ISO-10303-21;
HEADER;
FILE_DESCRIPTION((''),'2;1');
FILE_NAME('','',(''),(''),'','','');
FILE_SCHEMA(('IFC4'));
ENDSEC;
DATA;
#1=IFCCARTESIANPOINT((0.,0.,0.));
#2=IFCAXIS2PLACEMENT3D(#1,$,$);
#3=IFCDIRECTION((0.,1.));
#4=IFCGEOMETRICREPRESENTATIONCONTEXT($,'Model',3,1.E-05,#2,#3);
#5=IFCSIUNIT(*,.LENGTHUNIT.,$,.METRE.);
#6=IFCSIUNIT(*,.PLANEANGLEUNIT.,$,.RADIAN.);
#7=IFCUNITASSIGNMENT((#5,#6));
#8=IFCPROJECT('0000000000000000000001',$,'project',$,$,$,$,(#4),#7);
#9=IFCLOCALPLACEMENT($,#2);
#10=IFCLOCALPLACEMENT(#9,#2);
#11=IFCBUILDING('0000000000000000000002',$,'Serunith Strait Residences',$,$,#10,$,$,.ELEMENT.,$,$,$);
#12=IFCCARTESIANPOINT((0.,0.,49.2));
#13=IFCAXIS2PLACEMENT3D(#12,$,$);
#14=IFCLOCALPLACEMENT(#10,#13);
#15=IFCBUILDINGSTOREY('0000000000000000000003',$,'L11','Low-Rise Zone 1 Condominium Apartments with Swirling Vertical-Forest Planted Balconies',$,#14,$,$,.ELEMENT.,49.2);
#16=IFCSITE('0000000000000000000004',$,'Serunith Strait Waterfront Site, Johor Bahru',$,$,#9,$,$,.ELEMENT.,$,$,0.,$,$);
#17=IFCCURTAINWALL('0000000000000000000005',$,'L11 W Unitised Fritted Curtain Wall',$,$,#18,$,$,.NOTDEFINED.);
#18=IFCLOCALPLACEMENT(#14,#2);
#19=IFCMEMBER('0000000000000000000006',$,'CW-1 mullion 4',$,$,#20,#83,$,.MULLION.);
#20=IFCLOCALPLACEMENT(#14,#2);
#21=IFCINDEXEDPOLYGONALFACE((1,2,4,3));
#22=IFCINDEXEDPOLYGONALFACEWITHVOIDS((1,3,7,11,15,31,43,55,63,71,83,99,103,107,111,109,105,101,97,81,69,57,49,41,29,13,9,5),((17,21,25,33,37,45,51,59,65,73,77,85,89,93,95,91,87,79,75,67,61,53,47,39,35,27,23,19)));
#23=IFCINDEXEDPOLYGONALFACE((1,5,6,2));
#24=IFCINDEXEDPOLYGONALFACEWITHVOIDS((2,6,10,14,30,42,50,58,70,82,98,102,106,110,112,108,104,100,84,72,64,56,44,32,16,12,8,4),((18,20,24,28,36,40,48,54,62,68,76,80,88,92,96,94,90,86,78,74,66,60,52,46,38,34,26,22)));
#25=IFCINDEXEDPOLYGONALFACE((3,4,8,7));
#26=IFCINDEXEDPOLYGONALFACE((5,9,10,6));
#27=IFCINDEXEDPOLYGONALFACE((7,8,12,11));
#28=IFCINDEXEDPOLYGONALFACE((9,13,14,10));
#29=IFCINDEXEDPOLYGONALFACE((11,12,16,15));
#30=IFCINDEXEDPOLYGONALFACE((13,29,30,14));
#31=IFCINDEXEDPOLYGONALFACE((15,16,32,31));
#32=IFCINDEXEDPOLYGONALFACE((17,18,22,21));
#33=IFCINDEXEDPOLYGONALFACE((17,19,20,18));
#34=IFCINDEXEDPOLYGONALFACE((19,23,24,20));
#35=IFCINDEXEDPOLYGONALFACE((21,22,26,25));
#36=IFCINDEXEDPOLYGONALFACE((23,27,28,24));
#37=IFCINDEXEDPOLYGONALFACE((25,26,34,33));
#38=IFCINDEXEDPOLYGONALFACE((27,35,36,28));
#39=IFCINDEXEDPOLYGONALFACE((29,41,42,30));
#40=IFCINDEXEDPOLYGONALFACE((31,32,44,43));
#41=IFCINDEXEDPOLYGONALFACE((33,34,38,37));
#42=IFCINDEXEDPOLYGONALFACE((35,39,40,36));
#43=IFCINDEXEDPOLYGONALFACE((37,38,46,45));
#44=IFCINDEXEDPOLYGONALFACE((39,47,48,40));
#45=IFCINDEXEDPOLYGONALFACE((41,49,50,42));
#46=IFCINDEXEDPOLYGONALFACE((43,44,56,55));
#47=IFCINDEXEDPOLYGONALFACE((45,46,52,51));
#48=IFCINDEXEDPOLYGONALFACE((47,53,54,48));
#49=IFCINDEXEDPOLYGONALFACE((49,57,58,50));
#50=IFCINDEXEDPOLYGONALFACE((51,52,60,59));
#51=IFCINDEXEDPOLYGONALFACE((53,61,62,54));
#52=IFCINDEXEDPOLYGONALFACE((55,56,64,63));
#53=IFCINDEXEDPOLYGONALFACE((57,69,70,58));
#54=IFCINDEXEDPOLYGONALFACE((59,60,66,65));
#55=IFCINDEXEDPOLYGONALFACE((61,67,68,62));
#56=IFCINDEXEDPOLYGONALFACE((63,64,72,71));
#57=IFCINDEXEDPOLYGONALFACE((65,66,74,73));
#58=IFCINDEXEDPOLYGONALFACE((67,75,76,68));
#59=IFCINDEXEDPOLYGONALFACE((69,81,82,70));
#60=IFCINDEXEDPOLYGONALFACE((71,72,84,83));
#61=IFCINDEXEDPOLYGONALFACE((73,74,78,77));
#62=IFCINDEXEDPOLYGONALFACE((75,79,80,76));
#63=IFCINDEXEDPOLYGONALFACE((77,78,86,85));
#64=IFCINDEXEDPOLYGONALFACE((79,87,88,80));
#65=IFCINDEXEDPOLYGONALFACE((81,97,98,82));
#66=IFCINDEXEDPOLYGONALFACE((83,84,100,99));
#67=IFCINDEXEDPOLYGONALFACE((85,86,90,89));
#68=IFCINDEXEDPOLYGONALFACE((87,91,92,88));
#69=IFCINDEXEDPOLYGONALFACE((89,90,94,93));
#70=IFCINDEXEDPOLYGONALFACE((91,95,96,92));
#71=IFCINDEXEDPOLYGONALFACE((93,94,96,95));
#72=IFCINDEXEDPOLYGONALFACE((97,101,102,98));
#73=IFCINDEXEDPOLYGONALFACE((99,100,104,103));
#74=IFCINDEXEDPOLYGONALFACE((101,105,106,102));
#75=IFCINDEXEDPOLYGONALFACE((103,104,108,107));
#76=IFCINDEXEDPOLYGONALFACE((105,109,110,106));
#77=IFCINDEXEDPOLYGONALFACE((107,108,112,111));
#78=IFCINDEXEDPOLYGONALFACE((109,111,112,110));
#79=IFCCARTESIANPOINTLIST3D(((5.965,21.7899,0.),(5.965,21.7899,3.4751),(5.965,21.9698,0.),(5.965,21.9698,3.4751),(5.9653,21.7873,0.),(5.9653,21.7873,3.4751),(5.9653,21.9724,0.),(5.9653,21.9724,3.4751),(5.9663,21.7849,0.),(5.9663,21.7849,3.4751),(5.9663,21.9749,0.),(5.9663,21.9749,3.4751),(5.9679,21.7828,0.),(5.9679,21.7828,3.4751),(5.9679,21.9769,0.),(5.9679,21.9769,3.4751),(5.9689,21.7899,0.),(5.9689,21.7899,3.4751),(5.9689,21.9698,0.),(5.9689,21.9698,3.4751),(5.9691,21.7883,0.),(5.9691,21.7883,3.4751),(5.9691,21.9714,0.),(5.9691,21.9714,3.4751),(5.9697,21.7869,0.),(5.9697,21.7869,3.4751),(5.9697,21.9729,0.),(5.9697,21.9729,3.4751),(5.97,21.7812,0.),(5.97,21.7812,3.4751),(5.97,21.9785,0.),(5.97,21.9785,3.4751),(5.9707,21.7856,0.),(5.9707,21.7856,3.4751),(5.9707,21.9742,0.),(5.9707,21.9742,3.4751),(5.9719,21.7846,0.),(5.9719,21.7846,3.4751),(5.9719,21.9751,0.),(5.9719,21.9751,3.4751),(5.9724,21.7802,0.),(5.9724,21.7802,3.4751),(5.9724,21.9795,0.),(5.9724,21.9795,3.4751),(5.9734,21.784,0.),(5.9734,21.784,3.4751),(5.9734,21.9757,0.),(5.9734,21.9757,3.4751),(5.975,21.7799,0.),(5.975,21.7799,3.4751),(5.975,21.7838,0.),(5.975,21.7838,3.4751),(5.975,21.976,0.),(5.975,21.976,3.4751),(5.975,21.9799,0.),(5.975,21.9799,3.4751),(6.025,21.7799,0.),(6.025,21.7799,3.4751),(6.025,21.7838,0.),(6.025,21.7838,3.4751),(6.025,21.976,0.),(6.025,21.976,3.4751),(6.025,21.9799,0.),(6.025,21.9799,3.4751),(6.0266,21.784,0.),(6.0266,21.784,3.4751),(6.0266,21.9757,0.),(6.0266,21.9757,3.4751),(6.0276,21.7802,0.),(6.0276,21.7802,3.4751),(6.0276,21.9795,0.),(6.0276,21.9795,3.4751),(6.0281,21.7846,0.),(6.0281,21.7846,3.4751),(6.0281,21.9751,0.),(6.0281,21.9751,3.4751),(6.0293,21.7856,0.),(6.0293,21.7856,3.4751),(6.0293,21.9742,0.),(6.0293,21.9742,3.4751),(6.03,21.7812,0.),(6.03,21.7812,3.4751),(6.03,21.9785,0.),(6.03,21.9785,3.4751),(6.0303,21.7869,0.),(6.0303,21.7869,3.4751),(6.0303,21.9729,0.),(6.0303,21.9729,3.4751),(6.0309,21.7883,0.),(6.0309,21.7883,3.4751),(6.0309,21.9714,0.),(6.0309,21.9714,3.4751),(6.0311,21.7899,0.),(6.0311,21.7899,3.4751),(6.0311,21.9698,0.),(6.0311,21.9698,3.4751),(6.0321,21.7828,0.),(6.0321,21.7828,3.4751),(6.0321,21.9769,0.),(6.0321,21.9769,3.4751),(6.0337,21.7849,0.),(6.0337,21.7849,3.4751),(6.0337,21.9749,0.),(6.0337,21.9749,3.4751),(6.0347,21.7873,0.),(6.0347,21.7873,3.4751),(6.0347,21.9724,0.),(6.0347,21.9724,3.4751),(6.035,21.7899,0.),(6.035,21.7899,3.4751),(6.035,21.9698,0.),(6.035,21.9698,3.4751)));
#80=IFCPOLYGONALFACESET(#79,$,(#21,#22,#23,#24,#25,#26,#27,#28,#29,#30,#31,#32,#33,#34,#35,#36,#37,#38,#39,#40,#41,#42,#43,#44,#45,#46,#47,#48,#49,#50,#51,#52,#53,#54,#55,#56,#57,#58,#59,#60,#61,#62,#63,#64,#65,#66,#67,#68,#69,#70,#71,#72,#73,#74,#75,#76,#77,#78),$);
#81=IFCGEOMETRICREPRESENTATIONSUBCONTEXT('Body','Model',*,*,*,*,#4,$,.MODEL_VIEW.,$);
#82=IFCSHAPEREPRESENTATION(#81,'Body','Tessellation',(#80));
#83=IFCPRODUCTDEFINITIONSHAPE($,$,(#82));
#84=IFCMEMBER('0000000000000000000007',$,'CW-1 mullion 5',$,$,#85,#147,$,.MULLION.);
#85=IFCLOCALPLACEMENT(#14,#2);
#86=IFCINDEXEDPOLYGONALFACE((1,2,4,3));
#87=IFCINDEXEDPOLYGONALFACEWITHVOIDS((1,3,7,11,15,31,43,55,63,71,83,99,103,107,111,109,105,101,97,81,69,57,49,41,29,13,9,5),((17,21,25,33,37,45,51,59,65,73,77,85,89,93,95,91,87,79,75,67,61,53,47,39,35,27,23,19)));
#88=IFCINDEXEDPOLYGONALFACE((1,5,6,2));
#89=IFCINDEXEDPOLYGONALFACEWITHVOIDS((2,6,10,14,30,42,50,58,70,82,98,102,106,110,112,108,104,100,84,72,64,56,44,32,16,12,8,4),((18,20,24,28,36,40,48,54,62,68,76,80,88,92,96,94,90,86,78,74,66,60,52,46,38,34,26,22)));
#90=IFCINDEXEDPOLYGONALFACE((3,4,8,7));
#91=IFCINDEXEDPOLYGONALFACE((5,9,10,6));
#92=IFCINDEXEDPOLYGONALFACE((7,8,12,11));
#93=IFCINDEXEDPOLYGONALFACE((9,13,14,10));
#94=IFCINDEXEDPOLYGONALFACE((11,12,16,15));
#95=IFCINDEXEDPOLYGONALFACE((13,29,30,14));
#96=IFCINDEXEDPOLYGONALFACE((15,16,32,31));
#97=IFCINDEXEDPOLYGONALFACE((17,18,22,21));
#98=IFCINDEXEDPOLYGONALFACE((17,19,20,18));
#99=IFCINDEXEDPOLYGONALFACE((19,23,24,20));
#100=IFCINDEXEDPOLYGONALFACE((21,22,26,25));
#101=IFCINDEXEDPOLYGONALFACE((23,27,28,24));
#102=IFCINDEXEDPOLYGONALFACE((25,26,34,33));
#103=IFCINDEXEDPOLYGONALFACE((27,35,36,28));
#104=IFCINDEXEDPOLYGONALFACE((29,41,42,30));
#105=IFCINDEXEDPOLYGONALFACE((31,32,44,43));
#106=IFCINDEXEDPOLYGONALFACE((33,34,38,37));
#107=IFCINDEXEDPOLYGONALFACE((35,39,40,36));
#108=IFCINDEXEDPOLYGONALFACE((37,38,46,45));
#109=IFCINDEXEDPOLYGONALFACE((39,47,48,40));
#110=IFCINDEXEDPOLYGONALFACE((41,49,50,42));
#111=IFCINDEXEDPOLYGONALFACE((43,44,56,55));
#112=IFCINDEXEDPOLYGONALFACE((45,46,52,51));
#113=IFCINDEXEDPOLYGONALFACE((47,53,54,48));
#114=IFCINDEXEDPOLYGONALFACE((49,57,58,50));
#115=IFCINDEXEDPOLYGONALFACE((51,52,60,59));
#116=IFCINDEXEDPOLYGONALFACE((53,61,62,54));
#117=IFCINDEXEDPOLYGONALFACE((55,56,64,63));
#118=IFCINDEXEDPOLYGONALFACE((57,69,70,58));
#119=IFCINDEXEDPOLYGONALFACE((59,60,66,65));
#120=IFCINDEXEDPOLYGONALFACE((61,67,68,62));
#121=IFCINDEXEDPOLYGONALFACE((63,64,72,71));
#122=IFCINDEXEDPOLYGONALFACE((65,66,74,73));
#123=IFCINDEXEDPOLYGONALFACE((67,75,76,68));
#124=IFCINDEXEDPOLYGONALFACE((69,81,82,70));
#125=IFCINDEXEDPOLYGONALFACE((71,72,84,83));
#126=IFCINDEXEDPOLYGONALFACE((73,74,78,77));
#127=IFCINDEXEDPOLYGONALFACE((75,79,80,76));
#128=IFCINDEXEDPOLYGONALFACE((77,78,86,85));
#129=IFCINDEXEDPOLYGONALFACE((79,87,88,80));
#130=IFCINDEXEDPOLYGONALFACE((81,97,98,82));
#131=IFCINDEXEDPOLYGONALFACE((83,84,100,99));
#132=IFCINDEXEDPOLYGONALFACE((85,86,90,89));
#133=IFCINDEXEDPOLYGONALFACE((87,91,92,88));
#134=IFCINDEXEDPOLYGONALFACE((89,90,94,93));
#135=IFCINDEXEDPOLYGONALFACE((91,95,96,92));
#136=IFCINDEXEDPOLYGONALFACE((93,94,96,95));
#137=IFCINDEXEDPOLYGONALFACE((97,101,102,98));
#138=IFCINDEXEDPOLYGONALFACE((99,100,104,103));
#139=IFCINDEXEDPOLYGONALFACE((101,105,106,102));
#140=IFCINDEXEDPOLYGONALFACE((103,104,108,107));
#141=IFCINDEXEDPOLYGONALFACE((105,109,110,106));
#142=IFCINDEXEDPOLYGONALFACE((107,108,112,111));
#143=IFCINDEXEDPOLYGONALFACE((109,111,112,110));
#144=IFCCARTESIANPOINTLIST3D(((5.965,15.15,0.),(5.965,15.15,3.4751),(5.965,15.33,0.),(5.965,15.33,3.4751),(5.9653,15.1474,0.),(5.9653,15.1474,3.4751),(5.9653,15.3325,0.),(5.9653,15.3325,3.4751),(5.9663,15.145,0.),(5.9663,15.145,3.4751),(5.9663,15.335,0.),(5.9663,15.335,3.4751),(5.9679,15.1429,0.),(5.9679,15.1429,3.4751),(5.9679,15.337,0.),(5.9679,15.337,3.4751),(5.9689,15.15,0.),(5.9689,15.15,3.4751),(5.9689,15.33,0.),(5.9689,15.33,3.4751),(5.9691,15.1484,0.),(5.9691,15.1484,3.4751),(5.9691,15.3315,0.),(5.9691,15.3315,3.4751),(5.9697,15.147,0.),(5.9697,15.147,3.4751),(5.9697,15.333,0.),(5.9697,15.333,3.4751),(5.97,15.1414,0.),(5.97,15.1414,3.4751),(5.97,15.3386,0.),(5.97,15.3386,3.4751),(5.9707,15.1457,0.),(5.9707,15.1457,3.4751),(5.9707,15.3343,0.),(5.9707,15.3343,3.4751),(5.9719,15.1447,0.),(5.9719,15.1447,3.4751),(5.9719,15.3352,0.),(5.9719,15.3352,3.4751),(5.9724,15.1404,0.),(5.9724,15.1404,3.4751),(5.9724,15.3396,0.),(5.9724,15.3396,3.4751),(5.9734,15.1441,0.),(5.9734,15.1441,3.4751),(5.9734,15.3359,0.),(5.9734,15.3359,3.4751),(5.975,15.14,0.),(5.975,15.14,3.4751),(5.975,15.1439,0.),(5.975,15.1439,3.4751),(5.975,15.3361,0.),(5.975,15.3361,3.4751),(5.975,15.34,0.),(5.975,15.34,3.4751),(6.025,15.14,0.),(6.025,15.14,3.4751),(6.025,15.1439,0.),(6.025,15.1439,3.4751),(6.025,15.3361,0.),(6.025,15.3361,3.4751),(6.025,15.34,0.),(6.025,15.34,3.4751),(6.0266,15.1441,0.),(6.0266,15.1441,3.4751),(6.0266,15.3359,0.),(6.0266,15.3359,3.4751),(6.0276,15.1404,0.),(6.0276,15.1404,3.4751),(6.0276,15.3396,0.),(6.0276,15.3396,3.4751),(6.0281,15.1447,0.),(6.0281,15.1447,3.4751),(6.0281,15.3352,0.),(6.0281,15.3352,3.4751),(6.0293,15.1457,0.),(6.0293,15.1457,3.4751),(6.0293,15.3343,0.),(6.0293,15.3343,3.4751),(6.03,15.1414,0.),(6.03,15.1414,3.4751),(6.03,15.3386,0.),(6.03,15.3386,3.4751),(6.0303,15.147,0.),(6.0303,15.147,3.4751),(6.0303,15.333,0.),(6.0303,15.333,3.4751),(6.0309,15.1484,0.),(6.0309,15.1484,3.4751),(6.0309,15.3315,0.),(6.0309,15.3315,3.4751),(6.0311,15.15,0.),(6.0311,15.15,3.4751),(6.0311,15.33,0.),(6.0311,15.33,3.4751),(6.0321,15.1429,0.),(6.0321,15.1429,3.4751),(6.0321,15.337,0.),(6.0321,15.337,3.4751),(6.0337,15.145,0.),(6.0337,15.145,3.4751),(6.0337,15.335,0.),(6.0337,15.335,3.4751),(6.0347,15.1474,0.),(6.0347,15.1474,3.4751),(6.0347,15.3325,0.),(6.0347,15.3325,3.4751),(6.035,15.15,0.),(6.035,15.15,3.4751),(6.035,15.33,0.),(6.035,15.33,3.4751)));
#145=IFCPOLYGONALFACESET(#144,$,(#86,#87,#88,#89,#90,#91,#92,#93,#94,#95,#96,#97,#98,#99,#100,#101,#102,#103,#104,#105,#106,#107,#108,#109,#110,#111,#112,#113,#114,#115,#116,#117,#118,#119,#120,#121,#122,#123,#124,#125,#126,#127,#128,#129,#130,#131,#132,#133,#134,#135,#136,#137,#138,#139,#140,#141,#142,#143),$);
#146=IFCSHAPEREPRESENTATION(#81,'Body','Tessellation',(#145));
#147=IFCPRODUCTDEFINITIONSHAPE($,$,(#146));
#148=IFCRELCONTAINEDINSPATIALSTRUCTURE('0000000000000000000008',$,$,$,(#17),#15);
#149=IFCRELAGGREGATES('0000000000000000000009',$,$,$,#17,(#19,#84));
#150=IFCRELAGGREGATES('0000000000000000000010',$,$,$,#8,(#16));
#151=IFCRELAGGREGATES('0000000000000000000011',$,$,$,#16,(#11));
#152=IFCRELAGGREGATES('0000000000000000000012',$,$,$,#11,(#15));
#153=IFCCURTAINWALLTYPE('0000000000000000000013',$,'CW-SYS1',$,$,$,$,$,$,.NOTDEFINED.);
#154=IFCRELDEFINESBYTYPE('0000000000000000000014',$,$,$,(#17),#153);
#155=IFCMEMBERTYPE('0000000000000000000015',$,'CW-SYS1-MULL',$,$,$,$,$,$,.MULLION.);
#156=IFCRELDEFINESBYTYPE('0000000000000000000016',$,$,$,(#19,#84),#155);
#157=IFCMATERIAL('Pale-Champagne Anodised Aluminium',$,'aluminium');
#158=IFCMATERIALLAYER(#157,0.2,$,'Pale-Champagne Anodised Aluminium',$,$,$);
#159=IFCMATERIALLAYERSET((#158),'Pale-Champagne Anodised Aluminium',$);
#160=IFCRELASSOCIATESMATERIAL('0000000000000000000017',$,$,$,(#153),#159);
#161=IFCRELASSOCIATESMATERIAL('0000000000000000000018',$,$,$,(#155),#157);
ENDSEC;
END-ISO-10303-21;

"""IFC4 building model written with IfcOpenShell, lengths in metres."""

from ifc_helpers import new_model, si_unit, direction, frame, origin, origin_2d, place, context, subcontext, project, spatial, hollow_rectangle, extrude, source, transform, mapped, material, layer, layer_set, material_profile, profile_set, type_object, element, aggregate, save


model = new_model("IFC4")

# Units and contexts
model_context = context("Model", 3, precision=1e-05, world=origin(), true_north=direction((0.0, 1.0)))
body_context = subcontext(model_context, "Body", "Model", "MODEL_VIEW")
ifc_project = project(units=[si_unit("LENGTHUNIT", "METRE"), si_unit("PLANEANGLEUNIT", "RADIAN")], contexts=[model_context])

# Site, building, storey
site_placement = place(None, origin())
site = spatial("IfcSite", under=ifc_project, at=site_placement, Name="Serunith Strait Waterfront Site, Johor Bahru", CompositionType="ELEMENT", RefElevation=0.0)
building_placement = place(site_placement, origin())
building = spatial("IfcBuilding", under=site, at=building_placement, Name="Serunith Strait Residences", CompositionType="ELEMENT")
storey_placement = place(building_placement, frame((0.0, 0.0, 49.2)))
storey = spatial("IfcBuildingStorey", under=building, at=storey_placement, Name="L11", Description="Low-Rise Zone 1 Condominium Apartments with Swirling Vertical-Forest Planted Balconies", CompositionType="ELEMENT", Elevation=49.2)

# Curtain wall, members
ifc_material_1 = material(Name="Pale-Champagne Anodised Aluminium", Category="aluminium")
ifc_layer_1 = layer(ifc_material_1, 0.2, Name="Pale-Champagne Anodised Aluminium")
ifc_layer_set_1 = layer_set([ifc_layer_1], Name="Pale-Champagne Anodised Aluminium")
curtain_wall_type = type_object("IfcCurtainWallType", Name="CW-SYS1", PredefinedType="NOTDEFINED", material=ifc_layer_set_1)
curtain_wall_placement = place(storey_placement, origin())
curtain_wall = element("IfcCurtainWall", 1, at=curtain_wall_placement, inside=storey, type_object=curtain_wall_type, Name="L11 W Unitised Fritted Curtain Wall", PredefinedType="NOTDEFINED")
ifc_material_profile_1 = material_profile(ifc_material_1, hollow_rectangle(XDim=0.0701, YDim=0.2, WallThickness=0.0039, InnerFilletRadius=0.0061, OuterFilletRadius=0.01, at=origin_2d()), Name="ALU 200x70x4")
ifc_profile_set_1 = profile_set([ifc_material_profile_1], Name="Pale-Champagne Anodised Aluminium")
member_type_1 = type_object("IfcMemberType", Name="CW-SYS1-MULL", PredefinedType="MULLION", material=ifc_profile_set_1)
shared_shape_1 = source(origin(), body_context, "Body", "SweptSolid", [
    extrude(hollow_rectangle(XDim=0.0701, YDim=0.2, WallThickness=0.0039, InnerFilletRadius=0.0061, OuterFilletRadius=0.01, at=origin_2d()), origin(), (0.0, 0.0, 1.0), 3.4751),
])
member_1_placement = place(storey_placement, frame((6.0, 21.8799, 0.0), z_axis=(0.0, 0.0, 1.0), x_axis=(1.0, 0.0, 0.0)))
member_1 = element("IfcMember", 2, at=member_1_placement, type_object=member_type_1, Name="CW-1 mullion 4", PredefinedType="MULLION", context=body_context, shape_type="MappedRepresentation", body=[
    mapped(shared_shape_1, transform((0.0, 0.0, 0.0), scale=1.0)),
])
member_2_placement = place(storey_placement, frame((6.0, 15.24, 0.0), z_axis=(0.0, 0.0, 1.0), x_axis=(1.0, 0.0, 0.0)))
member_2 = element("IfcMember", 3, at=member_2_placement, type_object=member_type_1, Name="CW-1 mullion 5", PredefinedType="MULLION", context=body_context, shape_type="MappedRepresentation", body=[
    mapped(shared_shape_1, transform((0.0, 0.0, 0.0), scale=1.0)),
])
aggregate(curtain_wall, [member_1, member_2])

save(model, "model.ifc")
